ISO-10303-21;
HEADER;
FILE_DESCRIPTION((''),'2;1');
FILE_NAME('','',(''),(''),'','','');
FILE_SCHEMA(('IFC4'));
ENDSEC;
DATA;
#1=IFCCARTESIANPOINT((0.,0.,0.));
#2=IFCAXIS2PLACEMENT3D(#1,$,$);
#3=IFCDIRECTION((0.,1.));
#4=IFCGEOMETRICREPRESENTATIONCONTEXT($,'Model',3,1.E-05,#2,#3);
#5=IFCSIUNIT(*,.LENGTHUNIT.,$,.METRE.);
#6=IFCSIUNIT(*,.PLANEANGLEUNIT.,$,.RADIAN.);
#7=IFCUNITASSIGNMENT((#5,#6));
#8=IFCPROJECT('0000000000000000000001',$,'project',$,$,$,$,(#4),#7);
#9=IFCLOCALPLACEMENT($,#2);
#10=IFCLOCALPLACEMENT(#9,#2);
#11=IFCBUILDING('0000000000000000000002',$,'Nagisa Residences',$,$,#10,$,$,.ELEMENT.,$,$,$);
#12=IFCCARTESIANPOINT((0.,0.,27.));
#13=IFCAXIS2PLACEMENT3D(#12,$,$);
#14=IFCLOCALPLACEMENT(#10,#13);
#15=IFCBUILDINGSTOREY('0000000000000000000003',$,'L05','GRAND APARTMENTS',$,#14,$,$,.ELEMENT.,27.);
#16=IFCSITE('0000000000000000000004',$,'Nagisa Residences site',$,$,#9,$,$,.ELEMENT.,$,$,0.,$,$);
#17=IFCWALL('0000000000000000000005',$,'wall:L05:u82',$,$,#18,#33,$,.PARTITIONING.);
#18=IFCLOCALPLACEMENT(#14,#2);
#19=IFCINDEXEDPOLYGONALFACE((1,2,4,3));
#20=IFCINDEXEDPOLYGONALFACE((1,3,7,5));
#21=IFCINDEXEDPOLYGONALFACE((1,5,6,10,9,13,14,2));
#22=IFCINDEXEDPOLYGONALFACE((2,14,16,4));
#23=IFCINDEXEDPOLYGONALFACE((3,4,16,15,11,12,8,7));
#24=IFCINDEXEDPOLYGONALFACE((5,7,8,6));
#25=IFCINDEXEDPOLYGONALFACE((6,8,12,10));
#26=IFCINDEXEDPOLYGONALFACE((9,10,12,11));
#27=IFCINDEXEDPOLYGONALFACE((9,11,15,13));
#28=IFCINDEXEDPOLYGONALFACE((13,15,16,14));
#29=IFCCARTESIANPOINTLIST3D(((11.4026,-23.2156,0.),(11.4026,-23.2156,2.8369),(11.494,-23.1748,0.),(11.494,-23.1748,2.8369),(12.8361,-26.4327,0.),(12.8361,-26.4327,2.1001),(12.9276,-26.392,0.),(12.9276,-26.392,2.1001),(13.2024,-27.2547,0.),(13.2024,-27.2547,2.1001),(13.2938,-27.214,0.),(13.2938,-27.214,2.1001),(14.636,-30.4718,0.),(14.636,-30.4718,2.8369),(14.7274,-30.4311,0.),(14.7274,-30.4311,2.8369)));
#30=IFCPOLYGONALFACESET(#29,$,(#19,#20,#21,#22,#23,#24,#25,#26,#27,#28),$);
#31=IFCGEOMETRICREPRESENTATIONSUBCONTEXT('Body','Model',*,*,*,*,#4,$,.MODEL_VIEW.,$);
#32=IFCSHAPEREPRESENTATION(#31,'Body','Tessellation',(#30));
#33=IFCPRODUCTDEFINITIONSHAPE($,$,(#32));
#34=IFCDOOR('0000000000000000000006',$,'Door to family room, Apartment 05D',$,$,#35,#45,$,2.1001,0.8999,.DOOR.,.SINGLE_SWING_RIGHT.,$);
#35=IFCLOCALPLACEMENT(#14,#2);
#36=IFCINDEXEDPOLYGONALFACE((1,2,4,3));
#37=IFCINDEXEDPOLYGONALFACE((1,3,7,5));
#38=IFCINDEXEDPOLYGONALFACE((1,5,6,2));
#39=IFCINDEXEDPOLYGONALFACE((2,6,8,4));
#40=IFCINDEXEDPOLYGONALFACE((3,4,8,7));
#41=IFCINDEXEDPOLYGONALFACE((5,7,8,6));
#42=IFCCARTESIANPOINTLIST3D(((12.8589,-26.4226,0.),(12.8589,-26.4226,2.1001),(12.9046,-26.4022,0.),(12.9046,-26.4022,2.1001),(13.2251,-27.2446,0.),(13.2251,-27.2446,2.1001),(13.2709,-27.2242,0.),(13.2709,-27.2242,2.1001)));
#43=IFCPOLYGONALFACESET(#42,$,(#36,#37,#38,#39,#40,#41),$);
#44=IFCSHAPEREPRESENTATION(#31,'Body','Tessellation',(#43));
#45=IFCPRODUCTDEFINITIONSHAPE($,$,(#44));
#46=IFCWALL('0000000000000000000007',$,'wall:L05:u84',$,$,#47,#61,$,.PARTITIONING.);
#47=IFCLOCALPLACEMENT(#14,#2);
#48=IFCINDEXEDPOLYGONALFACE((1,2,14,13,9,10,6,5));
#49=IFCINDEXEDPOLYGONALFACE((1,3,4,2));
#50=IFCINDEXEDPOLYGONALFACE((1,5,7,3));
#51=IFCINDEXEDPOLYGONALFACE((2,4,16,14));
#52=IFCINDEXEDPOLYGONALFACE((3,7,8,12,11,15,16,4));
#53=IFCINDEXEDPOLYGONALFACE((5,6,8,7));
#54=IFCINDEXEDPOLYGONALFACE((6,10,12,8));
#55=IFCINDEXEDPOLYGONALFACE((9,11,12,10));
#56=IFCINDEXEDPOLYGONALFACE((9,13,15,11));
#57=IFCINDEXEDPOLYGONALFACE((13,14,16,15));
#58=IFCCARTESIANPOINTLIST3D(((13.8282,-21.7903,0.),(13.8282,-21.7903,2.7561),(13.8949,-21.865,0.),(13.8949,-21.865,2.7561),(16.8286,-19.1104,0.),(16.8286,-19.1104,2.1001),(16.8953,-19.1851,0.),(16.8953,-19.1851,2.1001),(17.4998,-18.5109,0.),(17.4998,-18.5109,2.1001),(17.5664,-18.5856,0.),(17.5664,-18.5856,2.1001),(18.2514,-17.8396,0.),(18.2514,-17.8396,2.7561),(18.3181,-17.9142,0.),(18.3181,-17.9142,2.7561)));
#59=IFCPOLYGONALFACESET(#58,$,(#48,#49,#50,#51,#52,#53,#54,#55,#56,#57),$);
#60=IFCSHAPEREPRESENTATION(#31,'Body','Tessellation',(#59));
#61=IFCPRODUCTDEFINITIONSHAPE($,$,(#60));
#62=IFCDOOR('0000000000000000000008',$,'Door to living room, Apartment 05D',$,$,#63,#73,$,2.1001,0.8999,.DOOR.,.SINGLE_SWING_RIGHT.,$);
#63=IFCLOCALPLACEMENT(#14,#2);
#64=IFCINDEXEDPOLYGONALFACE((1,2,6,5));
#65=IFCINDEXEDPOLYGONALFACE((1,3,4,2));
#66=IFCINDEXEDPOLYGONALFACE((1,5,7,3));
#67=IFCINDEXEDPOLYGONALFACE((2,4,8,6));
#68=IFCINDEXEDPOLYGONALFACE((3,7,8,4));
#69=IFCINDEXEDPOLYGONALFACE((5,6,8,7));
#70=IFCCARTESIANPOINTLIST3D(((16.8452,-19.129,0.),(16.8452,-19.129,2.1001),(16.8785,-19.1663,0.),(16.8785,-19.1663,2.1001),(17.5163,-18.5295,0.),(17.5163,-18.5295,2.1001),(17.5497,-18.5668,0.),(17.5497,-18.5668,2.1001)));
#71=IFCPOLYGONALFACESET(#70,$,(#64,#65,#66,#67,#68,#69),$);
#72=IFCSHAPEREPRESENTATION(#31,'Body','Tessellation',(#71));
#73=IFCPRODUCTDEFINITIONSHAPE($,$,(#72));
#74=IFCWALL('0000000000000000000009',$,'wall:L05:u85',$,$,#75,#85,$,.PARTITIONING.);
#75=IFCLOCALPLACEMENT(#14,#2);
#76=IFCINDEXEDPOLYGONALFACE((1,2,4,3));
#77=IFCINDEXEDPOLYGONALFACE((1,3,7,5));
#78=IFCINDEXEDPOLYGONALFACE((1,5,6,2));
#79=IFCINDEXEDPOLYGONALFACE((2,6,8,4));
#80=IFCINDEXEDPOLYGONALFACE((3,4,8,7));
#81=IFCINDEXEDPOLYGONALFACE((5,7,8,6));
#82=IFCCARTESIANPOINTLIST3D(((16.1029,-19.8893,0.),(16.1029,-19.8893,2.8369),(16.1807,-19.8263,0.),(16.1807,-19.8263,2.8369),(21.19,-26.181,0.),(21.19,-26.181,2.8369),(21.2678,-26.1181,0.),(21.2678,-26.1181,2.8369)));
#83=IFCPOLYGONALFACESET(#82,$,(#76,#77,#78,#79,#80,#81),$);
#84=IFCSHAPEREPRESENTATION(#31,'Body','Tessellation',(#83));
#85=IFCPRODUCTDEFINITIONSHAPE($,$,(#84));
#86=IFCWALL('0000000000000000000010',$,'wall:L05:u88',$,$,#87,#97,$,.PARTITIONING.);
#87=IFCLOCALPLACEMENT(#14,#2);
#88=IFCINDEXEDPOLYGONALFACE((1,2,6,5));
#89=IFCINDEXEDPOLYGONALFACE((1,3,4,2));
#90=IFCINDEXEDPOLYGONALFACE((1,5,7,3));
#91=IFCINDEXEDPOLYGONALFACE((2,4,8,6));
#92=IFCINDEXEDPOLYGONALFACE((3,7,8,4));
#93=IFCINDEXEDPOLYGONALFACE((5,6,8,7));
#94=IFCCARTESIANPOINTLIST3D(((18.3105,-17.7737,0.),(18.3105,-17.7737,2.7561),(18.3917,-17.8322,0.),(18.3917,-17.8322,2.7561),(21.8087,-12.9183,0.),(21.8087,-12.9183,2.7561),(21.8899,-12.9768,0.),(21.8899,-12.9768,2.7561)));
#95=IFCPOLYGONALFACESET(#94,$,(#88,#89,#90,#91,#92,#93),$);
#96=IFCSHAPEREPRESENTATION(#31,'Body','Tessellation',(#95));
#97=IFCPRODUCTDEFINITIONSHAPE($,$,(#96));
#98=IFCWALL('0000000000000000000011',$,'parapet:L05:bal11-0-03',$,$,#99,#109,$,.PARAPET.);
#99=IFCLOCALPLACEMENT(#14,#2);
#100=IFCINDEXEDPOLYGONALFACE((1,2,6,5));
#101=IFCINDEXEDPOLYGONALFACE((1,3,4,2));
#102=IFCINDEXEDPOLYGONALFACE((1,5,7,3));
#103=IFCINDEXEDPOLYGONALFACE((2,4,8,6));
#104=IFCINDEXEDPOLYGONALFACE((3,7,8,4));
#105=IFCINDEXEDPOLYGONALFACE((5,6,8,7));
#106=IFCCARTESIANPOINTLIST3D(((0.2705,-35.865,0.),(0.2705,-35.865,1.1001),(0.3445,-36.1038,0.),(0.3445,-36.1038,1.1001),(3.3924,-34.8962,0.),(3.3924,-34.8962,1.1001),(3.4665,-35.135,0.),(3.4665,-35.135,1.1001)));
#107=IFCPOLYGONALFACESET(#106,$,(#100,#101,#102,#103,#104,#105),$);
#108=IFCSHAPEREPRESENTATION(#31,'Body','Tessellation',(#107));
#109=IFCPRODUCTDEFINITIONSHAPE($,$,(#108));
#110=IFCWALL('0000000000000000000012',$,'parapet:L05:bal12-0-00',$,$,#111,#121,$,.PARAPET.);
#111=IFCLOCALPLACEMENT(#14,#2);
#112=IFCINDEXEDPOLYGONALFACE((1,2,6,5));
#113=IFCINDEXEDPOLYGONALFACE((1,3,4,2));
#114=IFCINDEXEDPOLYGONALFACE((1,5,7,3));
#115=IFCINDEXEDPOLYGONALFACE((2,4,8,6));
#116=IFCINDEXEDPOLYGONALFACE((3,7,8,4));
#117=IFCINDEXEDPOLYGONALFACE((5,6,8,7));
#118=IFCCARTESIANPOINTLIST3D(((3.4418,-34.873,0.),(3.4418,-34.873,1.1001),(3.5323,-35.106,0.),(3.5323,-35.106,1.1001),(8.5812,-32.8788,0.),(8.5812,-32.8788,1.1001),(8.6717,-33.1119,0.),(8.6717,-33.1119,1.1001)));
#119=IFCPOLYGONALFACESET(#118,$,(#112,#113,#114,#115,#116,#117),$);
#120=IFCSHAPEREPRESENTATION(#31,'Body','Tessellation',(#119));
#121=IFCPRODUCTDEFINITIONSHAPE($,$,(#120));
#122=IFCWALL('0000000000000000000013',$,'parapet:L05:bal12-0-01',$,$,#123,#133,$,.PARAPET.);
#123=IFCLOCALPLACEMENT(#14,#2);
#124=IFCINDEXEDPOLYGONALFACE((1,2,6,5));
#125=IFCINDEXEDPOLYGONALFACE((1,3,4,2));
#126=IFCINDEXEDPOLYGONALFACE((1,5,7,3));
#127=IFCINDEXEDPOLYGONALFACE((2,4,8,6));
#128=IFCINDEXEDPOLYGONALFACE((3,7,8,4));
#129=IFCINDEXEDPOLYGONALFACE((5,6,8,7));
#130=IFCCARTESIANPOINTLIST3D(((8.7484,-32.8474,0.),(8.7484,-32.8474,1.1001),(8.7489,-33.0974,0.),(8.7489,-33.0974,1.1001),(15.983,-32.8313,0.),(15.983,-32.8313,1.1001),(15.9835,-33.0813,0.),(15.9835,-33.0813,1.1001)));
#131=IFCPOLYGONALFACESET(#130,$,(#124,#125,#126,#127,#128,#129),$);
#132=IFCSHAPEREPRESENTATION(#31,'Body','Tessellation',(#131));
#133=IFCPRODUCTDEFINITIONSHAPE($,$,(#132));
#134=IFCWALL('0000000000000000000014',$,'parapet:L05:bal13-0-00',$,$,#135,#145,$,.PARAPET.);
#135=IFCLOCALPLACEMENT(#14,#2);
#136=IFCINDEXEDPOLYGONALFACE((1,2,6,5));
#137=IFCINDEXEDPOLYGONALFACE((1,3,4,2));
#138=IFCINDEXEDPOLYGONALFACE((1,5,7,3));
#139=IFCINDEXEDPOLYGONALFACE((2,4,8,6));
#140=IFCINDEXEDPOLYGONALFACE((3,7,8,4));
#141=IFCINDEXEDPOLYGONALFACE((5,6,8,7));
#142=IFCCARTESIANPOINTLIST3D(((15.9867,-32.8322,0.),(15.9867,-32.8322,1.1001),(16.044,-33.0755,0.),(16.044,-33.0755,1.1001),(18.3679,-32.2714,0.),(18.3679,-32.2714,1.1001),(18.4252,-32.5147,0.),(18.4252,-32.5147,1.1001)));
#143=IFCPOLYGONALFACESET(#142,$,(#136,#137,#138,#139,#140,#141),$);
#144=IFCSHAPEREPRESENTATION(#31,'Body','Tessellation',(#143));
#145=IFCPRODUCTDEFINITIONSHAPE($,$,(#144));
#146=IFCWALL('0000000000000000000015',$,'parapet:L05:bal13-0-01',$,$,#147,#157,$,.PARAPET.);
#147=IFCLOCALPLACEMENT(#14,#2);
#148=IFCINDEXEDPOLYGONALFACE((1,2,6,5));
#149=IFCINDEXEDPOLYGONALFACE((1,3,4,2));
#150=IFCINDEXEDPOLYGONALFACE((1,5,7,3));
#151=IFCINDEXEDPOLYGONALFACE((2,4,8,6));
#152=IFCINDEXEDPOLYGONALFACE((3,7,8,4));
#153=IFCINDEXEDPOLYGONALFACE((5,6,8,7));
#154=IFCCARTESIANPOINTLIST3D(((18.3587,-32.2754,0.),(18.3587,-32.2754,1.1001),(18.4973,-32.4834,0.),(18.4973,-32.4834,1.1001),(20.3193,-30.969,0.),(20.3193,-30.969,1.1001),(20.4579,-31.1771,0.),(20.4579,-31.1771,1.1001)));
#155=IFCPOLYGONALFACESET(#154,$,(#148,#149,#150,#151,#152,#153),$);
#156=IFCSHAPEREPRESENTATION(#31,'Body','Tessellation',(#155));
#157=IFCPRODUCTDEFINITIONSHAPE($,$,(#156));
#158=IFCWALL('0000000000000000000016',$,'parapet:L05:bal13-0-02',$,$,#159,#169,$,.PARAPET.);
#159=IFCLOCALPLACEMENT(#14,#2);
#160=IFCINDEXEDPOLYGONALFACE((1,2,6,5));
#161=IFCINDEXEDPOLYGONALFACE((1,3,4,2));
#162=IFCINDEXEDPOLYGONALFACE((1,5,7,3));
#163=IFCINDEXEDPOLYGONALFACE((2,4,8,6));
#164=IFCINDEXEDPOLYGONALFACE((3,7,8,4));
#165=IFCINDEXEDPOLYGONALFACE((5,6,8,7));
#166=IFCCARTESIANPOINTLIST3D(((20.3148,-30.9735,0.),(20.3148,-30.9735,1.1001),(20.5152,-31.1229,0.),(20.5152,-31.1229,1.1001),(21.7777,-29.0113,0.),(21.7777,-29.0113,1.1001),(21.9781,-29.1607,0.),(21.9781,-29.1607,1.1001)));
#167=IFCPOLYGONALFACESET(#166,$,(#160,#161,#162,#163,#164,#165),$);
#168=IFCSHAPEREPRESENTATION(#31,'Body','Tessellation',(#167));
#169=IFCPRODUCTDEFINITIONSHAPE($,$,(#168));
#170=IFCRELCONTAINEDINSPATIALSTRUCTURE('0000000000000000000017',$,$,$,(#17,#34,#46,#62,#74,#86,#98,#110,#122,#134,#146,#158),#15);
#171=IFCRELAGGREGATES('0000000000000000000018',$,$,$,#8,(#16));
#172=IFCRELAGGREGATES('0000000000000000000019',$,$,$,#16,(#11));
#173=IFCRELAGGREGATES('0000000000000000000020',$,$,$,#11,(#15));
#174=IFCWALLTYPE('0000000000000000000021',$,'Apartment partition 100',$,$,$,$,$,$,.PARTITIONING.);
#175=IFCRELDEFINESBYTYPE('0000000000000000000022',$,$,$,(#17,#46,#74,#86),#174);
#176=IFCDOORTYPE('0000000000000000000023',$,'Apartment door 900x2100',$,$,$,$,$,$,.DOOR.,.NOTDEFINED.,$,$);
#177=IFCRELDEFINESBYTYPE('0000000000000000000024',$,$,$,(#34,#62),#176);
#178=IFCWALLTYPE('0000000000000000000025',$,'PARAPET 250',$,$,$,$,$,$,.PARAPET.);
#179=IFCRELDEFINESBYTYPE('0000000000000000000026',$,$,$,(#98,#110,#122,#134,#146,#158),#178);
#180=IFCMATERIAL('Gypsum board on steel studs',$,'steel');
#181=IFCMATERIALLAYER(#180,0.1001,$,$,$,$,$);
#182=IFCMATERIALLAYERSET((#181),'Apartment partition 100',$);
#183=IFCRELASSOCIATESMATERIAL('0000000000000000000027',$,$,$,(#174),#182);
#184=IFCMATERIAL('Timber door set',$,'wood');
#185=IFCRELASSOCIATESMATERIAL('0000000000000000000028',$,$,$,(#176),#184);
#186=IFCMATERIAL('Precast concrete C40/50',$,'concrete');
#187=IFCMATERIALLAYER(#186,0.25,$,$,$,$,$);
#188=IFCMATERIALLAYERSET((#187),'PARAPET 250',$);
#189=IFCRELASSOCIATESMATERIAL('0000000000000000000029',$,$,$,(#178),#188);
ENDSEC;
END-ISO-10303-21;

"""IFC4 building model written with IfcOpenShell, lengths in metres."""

from ifc_helpers import new_model, si_unit, direction, frame, frame_2d, origin, place, context, subcontext, project, spatial, rectangle, extrude, material, layer, layer_set, type_object, element, fill, save


model = new_model("IFC4")

# Units and contexts
model_context = context("Model", 3, precision=1e-05, world=origin(), true_north=direction((0.0, 1.0)))
body_context = subcontext(model_context, "Body", "Model", "MODEL_VIEW")
ifc_project = project(units=[si_unit("LENGTHUNIT", "METRE"), si_unit("PLANEANGLEUNIT", "RADIAN")], contexts=[model_context])

# Site, building, storey
site_placement = place(None, origin())
site = spatial("IfcSite", under=ifc_project, at=site_placement, Name="Nagisa Residences site", CompositionType="ELEMENT", RefElevation=0.0)
building_placement = place(site_placement, origin())
building = spatial("IfcBuilding", under=site, at=building_placement, Name="Nagisa Residences", CompositionType="ELEMENT")
storey_placement = place(building_placement, frame((0.0, 0.0, 27.0)))
storey = spatial("IfcBuildingStorey", under=building, at=storey_placement, Name="L05", Description="GRAND APARTMENTS", CompositionType="ELEMENT", Elevation=27.0)

# Shared definitions
ifc_material_1 = material(Name="Gypsum board on steel studs", Category="steel")
ifc_layer_1 = layer(ifc_material_1, 0.1001)
ifc_layer_set_1 = layer_set([ifc_layer_1], Name="Apartment partition 100")
wall_type_1 = type_object("IfcWallType", Name="Apartment partition 100", PredefinedType="PARTITIONING", material=ifc_layer_set_1)

# Walls, openings, doors
wall_1_placement = place(storey_placement, frame((11.4482, -23.1951, 0.0), z_axis=(0.0, 0.0, 1.0), x_axis=(0.407017, -0.913421, 0.0)))
wall_1 = element("IfcWall", 1, at=wall_1_placement, inside=storey, type_object=wall_type_1, Name="wall:L05:u82", PredefinedType="PARTITIONING", context=body_context, shape_type="SweptSolid", body=[
    extrude(rectangle(XDim=7.9441, YDim=0.1001, at=frame_2d((3.9722, 0.0))), origin(), (0.0, 0.0, 1.0), 2.8369),
])
opening_1_placement = place(wall_1_placement, frame((3.5222, 0.0, 0.0)))
opening_1 = element("IfcOpeningElement", 2, at=opening_1_placement, cuts=wall_1, PredefinedType="OPENING", context=body_context, shape_type="SweptSolid", body=[
    extrude(rectangle(XDim=0.8999, YDim=2.1001, at=frame_2d((0.45, 1.05))), frame((0.0, 0.0601, 0.0), z_axis=(0.0, -1.0, 0.0), x_axis=(1.0, 0.0, 0.0)), (0.0, 0.0, 1.0), 0.1201),
])
ifc_material_2 = material(Name="Timber door set", Category="wood")
door_type_1 = type_object("IfcDoorType", Name="Apartment door 900x2100", OperationType="NOTDEFINED", PredefinedType="DOOR", material=ifc_material_2)
door_1_placement = place(opening_1_placement, origin())
door_1 = element("IfcDoor", 3, at=door_1_placement, inside=storey, type_object=door_type_1, Name="Door to family room, Apartment 05D", OperationType="SINGLE_SWING_RIGHT", OverallHeight=2.1001, OverallWidth=0.8999, PredefinedType="DOOR", context=body_context, shape_type="SweptSolid", body=[
    extrude(rectangle(XDim=0.8999, YDim=2.1001, at=frame_2d((0.45, 1.05))), frame((0.0, 0.0249, 0.0), z_axis=(0.0, -1.0, 0.0), x_axis=(1.0, 0.0, 0.0)), (0.0, 0.0, 1.0), 0.05),
])
fill(opening_1, door_1)
wall_2_placement = place(storey_placement, frame((13.8616, -21.8276, 0.0), z_axis=(0.0, 0.0, 1.0), x_axis=(0.745813, 0.666156, 0.0)))
wall_2 = element("IfcWall", 4, at=wall_2_placement, inside=storey, type_object=wall_type_1, Name="wall:L05:u84", PredefinedType="PARTITIONING", context=body_context, shape_type="SweptSolid", body=[
    extrude(rectangle(XDim=5.9307, YDim=0.1001, at=frame_2d((2.9653, 0.0))), origin(), (0.0, 0.0, 1.0), 2.7561),
])
opening_2_placement = place(wall_2_placement, frame((4.0229, 0.0, 0.0)))
opening_2 = element("IfcOpeningElement", 5, at=opening_2_placement, cuts=wall_2, PredefinedType="OPENING", context=body_context, shape_type="SweptSolid", body=[
    extrude(rectangle(XDim=0.8999, YDim=2.1001, at=frame_2d((0.45, 1.05))), frame((0.0, 0.0601, 0.0), z_axis=(0.0, -1.0, 0.0), x_axis=(1.0, 0.0, 0.0)), (0.0, 0.0, 1.0), 0.1201),
])
door_2_placement = place(opening_2_placement, frame((0.8999, 0.0, 0.0), x_axis=(-1.0, 0.0, 0.0)))
door_2 = element("IfcDoor", 6, at=door_2_placement, inside=storey, type_object=door_type_1, Name="Door to living room, Apartment 05D", OperationType="SINGLE_SWING_RIGHT", OverallHeight=2.1001, OverallWidth=0.8999, PredefinedType="DOOR", context=body_context, shape_type="SweptSolid", body=[
    extrude(rectangle(XDim=0.8999, YDim=2.1001, at=frame_2d((0.45, 1.05))), frame((0.0, 0.0249, 0.0), z_axis=(0.0, -1.0, 0.0), x_axis=(1.0, 0.0, 0.0)), (0.0, 0.0, 1.0), 0.05),
])
fill(opening_2, door_2)

# Walls
wall_3_placement = place(storey_placement, frame((16.1418, -19.8579, 0.0), z_axis=(0.0, 0.0, 1.0), x_axis=(0.628738, -0.777617, 0.0)))
element("IfcWall", 7, at=wall_3_placement, inside=storey, type_object=wall_type_1, Name="wall:L05:u85", PredefinedType="PARTITIONING", context=body_context, shape_type="SweptSolid", body=[
    extrude(rectangle(XDim=8.0911, YDim=0.1001, at=frame_2d((4.0454, 0.0))), origin(), (0.0, 0.0, 1.0), 2.8369),
])
wall_4_placement = place(storey_placement, frame((18.3511, -17.803, 0.0), z_axis=(0.0, 0.0, 1.0), x_axis=(0.584564, 0.811348, 0.0)))
element("IfcWall", 8, at=wall_4_placement, inside=storey, type_object=wall_type_1, Name="wall:L05:u88", PredefinedType="PARTITIONING", context=body_context, shape_type="SweptSolid", body=[
    extrude(rectangle(XDim=5.9844, YDim=0.1001, at=frame_2d((2.9922, 0.0))), origin(), (0.0, 0.0, 1.0), 2.7561),
])

# Walls
ifc_material_3 = material(Name="Precast concrete C40/50", Category="concrete")
ifc_layer_2 = layer(ifc_material_3, 0.25)
ifc_layer_set_2 = layer_set([ifc_layer_2], Name="PARAPET 250")
wall_type_2 = type_object("IfcWallType", Name="PARAPET 250", PredefinedType="PARAPET", material=ifc_layer_set_2)
wall_5_placement = place(storey_placement, frame((0.3076, -35.9844, 0.0), z_axis=(0.0, 0.0, 1.0), x_axis=(0.955072, 0.296373, 0.0)))
element("IfcWall", 9, at=wall_5_placement, inside=storey, type_object=wall_type_2, Name="parapet:L05:bal11-0-03", PredefinedType="PARAPET", context=body_context, shape_type="SweptSolid", body=[
    extrude(rectangle(XDim=3.2688, YDim=0.25, at=frame_2d((1.6343, 0.0))), origin(), (0.0, 0.0, 1.0), 1.1001),
])
wall_6_placement = place(storey_placement, frame((3.4871, -34.9895, 0.0), z_axis=(0.0, 0.0, 1.0), x_axis=(0.932281, 0.361734, 0.0)))
element("IfcWall", 10, at=wall_6_placement, inside=storey, type_object=wall_type_2, Name="parapet:L05:bal12-0-00", PredefinedType="PARAPET", context=body_context, shape_type="SweptSolid", body=[
    extrude(rectangle(XDim=5.5127, YDim=0.25, at=frame_2d((2.7563, 0.0))), origin(), (0.0, 0.0, 1.0), 1.1001),
])
wall_7_placement = place(storey_placement, frame((8.7488, -32.9724, 0.0), z_axis=(0.0, 0.0, 1.0), x_axis=(0.999998, 0.002227, 0.0)))
element("IfcWall", 11, at=wall_7_placement, inside=storey, type_object=wall_type_2, Name="parapet:L05:bal12-0-01", PredefinedType="PARAPET", context=body_context, shape_type="SweptSolid", body=[
    extrude(rectangle(XDim=7.2346, YDim=0.25, at=frame_2d((3.6172, 0.0))), origin(), (0.0, 0.0, 1.0), 1.1001),
])
wall_8_placement = place(storey_placement, frame((16.0154, -32.9539, 0.0), z_axis=(0.0, 0.0, 1.0), x_axis=(0.973369, 0.229245, 0.0)))
element("IfcWall", 12, at=wall_8_placement, inside=storey, type_object=wall_type_2, Name="parapet:L05:bal13-0-00", PredefinedType="PARAPET", context=body_context, shape_type="SweptSolid", body=[
    extrude(rectangle(XDim=2.4463, YDim=0.25, at=frame_2d((1.2231, 0.0))), origin(), (0.0, 0.0, 1.0), 1.1001),
])
wall_9_placement = place(storey_placement, frame((18.428, -32.3794, 0.0), z_axis=(0.0, 0.0, 1.0), x_axis=(0.832194, 0.554485, 0.0)))
element("IfcWall", 13, at=wall_9_placement, inside=storey, type_object=wall_type_2, Name="parapet:L05:bal13-0-01", PredefinedType="PARAPET", context=body_context, shape_type="SweptSolid", body=[
    extrude(rectangle(XDim=2.356, YDim=0.25, at=frame_2d((1.178, 0.0))), origin(), (0.0, 0.0, 1.0), 1.1001),
])
wall_10_placement = place(storey_placement, frame((20.415, -31.0481, 0.0), z_axis=(0.0, 0.0, 1.0), x_axis=(0.597715, 0.801708, 0.0)))
element("IfcWall", 14, at=wall_10_placement, inside=storey, type_object=wall_type_2, Name="parapet:L05:bal13-0-02", PredefinedType="PARAPET", context=body_context, shape_type="SweptSolid", body=[
    extrude(rectangle(XDim=2.4475, YDim=0.25, at=frame_2d((1.2236, 0.0))), origin(), (0.0, 0.0, 1.0), 1.1001),
])

save(model, "model.ifc")
